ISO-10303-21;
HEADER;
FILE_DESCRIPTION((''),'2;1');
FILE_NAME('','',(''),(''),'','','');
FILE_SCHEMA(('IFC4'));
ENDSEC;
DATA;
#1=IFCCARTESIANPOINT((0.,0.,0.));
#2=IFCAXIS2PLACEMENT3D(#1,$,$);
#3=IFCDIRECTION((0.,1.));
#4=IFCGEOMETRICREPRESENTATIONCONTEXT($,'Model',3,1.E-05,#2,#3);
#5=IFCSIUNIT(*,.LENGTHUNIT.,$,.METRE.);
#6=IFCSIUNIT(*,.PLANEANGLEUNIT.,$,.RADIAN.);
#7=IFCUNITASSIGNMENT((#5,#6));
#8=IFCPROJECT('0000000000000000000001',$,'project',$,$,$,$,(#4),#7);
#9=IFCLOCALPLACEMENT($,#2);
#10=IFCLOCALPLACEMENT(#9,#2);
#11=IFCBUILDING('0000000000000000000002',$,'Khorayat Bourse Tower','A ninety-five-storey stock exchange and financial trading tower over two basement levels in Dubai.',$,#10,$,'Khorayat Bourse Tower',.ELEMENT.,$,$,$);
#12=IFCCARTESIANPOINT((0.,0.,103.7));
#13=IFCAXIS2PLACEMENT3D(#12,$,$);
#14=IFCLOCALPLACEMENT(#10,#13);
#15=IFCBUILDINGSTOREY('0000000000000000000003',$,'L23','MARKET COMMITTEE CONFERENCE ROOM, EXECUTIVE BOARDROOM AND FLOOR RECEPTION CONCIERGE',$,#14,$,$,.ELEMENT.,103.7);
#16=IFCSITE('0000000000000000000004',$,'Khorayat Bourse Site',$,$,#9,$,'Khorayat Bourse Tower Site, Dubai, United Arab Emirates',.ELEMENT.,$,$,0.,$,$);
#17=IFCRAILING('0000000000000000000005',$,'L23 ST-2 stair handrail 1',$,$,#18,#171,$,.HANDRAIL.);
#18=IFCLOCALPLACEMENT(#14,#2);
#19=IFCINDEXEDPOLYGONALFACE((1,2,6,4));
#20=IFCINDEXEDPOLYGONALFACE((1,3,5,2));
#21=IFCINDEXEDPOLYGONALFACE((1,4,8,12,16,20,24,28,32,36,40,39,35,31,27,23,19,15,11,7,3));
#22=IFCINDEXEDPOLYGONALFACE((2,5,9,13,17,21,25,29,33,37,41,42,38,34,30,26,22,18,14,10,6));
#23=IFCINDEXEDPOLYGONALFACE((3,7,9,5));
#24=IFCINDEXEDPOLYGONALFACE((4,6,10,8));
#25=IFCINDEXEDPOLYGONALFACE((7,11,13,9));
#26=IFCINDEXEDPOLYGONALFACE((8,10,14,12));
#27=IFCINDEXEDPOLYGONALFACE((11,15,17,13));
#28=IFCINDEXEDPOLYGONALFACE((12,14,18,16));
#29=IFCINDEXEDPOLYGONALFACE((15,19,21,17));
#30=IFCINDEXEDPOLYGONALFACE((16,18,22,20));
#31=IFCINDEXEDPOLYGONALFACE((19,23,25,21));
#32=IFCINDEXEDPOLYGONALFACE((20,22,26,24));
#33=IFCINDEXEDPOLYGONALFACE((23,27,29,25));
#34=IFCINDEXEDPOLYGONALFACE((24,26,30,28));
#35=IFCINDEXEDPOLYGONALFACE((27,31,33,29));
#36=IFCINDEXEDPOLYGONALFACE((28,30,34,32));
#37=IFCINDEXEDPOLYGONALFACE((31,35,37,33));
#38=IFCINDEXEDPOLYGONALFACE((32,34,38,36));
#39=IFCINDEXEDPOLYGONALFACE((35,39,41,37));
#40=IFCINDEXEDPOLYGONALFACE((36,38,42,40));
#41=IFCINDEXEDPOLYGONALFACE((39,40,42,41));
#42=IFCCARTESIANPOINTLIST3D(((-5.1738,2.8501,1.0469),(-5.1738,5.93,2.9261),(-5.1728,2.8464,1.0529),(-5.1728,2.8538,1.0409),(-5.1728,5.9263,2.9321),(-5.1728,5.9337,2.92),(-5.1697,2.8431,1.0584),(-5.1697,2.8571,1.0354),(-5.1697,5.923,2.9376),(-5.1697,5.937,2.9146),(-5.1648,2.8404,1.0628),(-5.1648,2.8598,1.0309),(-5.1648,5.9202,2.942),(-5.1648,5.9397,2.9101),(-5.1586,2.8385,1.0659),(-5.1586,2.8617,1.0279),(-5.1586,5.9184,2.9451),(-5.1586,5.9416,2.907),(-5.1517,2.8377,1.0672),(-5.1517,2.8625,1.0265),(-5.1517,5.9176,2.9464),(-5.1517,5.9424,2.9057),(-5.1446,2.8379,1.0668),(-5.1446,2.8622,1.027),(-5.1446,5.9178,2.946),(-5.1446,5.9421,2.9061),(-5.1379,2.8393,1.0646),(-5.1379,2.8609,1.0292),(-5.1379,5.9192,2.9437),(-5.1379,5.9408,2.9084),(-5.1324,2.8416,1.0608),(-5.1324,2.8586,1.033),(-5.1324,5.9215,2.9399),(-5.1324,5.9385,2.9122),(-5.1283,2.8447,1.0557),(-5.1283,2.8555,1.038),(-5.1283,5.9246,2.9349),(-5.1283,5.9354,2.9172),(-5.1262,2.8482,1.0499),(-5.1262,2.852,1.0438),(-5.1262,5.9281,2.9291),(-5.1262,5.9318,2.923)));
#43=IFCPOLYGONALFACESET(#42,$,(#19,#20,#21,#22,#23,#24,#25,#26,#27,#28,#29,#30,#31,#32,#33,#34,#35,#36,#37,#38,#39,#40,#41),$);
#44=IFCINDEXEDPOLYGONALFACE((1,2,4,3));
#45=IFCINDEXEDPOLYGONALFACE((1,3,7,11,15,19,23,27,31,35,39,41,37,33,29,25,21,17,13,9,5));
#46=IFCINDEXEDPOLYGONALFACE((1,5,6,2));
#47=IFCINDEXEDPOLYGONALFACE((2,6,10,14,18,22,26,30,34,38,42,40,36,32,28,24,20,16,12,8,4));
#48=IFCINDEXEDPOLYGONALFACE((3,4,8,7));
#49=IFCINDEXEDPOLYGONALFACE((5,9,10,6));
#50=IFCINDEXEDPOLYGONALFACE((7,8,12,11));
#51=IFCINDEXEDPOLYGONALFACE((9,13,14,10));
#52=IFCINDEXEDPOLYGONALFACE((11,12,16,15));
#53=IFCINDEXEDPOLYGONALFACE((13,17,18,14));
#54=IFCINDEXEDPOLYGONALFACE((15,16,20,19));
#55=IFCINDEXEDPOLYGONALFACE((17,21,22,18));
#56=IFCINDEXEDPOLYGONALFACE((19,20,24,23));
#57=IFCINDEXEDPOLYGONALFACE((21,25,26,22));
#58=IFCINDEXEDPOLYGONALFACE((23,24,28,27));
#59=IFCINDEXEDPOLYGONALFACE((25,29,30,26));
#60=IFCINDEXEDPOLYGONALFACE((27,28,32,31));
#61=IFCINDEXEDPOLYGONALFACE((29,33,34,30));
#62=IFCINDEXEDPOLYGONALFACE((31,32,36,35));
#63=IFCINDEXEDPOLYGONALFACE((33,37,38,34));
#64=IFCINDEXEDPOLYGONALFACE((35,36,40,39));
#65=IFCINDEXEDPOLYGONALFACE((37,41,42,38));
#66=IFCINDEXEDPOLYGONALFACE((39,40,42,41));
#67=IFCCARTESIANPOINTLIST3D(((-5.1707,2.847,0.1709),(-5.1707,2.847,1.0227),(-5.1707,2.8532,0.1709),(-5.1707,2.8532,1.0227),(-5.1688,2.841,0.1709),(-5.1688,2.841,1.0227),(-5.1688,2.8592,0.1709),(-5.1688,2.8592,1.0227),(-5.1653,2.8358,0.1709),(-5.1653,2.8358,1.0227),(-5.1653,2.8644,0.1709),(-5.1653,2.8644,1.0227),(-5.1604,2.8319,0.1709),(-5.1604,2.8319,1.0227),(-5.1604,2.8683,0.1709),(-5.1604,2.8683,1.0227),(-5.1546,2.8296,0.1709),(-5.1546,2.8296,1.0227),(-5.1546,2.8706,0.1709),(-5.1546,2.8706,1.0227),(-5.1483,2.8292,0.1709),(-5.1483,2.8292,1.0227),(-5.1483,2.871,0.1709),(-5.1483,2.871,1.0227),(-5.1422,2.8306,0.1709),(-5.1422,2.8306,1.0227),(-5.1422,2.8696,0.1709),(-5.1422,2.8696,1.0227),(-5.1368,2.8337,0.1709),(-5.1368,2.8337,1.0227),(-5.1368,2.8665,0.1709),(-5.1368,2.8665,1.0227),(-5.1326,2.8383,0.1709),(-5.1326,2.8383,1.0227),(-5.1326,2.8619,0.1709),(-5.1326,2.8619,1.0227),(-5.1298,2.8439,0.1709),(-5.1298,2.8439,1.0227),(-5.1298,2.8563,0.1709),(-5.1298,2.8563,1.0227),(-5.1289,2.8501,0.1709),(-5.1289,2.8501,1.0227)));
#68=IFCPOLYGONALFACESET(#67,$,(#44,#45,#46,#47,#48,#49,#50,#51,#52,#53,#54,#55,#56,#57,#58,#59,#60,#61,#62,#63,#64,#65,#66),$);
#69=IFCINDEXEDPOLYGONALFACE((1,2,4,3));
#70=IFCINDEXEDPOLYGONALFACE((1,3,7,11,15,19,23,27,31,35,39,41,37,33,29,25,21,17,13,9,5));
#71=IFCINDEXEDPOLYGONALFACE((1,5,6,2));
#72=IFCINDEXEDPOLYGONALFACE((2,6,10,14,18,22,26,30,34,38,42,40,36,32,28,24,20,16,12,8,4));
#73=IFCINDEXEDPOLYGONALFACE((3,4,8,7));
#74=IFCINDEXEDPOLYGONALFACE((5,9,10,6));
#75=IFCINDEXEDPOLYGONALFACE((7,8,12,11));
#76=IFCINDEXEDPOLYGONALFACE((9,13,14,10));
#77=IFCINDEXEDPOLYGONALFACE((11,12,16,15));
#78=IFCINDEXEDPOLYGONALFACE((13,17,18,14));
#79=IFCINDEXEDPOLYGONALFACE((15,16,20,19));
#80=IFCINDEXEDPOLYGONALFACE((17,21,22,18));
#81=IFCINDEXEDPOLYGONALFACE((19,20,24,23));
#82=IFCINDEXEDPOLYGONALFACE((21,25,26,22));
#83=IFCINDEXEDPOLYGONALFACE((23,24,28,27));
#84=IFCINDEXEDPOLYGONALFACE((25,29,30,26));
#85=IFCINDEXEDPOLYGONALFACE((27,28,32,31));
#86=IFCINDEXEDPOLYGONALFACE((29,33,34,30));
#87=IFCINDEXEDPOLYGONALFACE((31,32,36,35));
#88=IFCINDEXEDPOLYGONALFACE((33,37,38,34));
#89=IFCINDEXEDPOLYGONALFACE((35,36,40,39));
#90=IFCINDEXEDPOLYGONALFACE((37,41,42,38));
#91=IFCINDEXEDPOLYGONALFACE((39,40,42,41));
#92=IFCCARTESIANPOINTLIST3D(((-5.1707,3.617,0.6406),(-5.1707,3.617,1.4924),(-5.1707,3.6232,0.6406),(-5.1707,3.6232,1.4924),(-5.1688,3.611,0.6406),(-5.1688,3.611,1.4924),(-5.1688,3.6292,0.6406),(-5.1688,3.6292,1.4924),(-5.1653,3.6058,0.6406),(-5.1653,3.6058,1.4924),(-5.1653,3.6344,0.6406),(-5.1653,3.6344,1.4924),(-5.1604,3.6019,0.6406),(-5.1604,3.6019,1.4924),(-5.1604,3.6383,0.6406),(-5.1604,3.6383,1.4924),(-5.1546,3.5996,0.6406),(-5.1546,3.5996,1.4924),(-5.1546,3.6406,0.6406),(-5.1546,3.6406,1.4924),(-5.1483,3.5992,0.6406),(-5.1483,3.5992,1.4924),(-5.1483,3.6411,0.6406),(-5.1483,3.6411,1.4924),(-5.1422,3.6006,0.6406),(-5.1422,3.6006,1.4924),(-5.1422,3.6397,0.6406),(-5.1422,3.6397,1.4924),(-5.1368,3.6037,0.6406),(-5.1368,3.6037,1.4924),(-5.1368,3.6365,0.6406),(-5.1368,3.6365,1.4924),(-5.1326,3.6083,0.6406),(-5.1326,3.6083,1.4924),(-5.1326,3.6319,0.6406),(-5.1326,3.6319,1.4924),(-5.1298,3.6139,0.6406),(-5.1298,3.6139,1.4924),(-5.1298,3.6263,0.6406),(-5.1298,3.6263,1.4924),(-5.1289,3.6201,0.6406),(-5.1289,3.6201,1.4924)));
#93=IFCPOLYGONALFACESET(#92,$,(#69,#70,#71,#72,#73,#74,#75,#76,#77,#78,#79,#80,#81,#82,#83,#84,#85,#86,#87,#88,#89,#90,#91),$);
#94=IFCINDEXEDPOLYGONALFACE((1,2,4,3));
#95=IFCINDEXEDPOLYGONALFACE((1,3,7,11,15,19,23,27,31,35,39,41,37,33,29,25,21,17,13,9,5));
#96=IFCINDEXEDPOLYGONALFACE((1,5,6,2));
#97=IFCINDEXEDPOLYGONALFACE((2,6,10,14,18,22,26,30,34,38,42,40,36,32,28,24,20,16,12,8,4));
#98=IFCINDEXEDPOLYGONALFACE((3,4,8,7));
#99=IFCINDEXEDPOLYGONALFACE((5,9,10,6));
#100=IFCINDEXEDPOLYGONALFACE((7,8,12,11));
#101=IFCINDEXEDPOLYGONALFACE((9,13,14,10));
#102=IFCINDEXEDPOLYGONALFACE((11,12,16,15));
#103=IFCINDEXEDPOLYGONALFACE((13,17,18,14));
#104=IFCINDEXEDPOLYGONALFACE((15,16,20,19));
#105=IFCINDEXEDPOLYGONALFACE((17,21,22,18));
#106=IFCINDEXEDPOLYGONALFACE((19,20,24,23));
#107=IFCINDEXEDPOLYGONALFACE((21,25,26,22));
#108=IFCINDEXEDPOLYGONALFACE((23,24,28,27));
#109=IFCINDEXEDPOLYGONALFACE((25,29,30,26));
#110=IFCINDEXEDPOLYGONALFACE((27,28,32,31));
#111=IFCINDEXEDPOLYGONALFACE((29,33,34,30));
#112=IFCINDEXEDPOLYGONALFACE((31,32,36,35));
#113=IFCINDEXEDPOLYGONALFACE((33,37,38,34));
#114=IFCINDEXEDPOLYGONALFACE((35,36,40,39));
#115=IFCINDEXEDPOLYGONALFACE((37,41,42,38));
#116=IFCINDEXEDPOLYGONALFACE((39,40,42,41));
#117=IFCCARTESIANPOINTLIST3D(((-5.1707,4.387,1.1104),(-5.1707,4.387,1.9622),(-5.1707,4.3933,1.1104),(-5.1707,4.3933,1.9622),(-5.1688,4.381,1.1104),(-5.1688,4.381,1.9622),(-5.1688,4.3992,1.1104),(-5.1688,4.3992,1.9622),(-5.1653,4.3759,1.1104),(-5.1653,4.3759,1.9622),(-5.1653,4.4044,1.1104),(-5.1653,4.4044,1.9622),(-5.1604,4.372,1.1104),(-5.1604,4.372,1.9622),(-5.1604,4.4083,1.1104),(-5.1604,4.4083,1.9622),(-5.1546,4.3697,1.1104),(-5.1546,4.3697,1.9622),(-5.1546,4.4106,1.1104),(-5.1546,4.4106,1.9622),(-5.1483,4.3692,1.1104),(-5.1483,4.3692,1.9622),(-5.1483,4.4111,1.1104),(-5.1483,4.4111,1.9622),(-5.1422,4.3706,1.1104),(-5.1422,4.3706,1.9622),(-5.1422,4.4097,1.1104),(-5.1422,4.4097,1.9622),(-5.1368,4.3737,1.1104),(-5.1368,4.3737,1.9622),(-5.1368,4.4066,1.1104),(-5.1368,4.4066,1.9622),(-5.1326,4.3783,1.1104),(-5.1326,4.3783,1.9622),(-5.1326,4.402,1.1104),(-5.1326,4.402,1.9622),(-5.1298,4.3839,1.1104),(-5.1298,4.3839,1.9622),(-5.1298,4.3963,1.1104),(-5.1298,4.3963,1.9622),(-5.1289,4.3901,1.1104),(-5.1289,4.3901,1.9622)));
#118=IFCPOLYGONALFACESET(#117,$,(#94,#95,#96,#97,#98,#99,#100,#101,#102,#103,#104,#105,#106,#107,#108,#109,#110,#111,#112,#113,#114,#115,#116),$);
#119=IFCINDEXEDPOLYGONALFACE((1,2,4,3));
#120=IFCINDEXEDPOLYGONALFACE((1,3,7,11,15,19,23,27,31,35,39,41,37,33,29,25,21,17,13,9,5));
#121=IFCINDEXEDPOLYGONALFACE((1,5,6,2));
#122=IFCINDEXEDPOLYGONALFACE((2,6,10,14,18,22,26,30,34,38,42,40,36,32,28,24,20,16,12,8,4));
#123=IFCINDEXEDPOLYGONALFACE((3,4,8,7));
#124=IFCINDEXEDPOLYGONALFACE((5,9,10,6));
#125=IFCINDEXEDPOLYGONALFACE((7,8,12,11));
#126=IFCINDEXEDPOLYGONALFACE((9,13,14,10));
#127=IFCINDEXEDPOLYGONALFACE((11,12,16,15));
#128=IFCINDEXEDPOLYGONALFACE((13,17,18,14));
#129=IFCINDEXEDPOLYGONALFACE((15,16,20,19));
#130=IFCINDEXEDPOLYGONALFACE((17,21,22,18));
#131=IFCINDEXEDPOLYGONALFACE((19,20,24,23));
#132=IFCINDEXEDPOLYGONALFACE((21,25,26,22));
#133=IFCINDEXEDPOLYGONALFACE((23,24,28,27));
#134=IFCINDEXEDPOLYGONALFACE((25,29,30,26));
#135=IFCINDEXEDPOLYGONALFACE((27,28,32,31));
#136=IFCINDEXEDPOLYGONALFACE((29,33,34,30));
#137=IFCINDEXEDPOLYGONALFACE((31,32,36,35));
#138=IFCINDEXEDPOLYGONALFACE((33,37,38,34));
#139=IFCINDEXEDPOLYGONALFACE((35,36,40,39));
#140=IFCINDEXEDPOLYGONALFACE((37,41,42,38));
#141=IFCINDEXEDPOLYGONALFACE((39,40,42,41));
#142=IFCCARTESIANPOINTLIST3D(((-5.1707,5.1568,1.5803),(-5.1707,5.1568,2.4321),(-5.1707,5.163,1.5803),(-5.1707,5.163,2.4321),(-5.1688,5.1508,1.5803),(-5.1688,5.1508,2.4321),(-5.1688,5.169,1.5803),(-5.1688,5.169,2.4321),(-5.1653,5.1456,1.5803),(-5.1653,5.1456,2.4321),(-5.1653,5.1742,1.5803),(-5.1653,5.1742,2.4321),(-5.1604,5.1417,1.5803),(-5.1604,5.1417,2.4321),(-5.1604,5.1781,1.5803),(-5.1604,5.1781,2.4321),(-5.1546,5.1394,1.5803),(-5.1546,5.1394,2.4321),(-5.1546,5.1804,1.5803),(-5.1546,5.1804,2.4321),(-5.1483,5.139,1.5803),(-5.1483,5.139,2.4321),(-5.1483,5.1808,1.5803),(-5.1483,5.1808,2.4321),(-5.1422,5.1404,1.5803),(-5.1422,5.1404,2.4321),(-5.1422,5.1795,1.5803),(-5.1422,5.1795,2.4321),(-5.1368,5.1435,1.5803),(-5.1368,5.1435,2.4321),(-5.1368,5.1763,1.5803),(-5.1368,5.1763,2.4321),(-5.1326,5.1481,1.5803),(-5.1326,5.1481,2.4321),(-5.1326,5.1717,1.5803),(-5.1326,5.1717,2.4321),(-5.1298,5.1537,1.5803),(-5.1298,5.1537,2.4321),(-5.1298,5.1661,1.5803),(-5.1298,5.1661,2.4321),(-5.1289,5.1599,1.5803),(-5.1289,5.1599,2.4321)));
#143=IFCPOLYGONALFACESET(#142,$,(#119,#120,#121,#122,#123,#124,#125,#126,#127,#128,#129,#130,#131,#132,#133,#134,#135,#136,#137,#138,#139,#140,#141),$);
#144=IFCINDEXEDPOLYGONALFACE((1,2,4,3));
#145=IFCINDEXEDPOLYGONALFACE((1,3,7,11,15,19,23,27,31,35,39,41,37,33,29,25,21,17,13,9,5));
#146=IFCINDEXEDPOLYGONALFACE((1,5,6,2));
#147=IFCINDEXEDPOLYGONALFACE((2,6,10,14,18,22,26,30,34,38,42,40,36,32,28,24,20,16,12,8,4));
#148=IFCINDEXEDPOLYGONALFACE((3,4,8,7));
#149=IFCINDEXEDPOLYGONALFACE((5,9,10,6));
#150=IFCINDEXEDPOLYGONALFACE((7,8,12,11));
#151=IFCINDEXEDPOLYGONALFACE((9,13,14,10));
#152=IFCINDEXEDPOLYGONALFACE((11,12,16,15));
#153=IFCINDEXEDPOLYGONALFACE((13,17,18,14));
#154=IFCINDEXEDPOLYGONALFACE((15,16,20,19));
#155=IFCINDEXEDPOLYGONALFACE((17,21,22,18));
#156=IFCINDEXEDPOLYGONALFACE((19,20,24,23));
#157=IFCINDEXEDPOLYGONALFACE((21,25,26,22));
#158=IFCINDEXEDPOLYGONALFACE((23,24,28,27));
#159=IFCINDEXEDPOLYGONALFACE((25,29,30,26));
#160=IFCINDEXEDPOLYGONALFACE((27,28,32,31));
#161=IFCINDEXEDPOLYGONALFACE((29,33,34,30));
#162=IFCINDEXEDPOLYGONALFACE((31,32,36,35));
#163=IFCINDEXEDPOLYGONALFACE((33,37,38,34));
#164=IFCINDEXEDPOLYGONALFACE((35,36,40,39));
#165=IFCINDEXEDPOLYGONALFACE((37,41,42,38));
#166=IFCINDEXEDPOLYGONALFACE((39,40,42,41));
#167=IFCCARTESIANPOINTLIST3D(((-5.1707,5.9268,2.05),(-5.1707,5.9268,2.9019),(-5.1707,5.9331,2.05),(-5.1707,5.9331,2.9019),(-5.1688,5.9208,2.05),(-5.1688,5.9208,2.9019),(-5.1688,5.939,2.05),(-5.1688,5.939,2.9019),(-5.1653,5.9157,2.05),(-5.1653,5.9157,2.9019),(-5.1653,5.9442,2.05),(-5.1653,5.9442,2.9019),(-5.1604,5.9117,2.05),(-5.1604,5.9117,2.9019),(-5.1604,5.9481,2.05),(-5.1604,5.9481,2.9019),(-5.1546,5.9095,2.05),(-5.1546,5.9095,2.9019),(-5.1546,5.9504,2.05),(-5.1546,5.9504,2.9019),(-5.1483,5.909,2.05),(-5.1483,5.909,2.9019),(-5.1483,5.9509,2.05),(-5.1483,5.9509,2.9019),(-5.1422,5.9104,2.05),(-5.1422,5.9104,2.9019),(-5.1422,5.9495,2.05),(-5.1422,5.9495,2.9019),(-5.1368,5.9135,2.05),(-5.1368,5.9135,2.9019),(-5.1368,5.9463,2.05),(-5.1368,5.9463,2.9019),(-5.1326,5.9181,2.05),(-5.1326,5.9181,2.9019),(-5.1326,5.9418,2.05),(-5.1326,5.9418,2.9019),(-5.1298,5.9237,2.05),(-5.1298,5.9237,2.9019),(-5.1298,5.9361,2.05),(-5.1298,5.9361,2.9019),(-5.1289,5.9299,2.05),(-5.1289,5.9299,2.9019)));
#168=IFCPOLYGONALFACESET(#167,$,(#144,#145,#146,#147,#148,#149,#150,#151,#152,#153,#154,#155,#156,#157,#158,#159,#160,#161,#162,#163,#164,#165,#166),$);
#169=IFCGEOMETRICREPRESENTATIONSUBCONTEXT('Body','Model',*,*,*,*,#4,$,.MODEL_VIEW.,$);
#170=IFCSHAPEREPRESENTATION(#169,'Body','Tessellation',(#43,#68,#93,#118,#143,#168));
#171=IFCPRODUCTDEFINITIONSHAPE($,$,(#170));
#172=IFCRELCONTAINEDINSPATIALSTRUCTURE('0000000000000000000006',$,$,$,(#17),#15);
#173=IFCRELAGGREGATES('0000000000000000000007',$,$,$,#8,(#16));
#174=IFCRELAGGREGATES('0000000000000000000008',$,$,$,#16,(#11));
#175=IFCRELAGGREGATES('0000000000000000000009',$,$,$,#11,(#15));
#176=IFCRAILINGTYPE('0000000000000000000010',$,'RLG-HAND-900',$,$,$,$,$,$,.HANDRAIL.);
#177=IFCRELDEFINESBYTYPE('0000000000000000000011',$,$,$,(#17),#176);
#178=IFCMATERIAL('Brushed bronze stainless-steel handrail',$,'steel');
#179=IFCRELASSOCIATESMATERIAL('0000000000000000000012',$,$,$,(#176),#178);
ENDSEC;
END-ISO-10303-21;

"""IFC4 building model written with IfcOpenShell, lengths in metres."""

from ifc_helpers import new_model, si_unit, direction, frame, origin, origin_2d, place, context, subcontext, project, spatial, circle, extrude, source, transform, mapped, material, type_object, element, save


model = new_model("IFC4")

# Units and contexts
model_context = context("Model", 3, precision=1e-05, world=origin(), true_north=direction((0.0, 1.0)))
body_context = subcontext(model_context, "Body", "Model", "MODEL_VIEW")
ifc_project = project(units=[si_unit("LENGTHUNIT", "METRE"), si_unit("PLANEANGLEUNIT", "RADIAN")], contexts=[model_context])

# Site, building, storey
site_placement = place(None, origin())
site = spatial("IfcSite", under=ifc_project, at=site_placement, Name="Khorayat Bourse Site", LongName="Khorayat Bourse Tower Site, Dubai, United Arab Emirates", CompositionType="ELEMENT", RefElevation=0.0)
building_placement = place(site_placement, origin())
building = spatial("IfcBuilding", under=site, at=building_placement, Name="Khorayat Bourse Tower", Description="A ninety-five-storey stock exchange and financial trading tower over two basement levels in Dubai.", LongName="Khorayat Bourse Tower", CompositionType="ELEMENT")
storey_placement = place(building_placement, frame((0.0, 0.0, 103.7)))
storey = spatial("IfcBuildingStorey", under=building, at=storey_placement, Name="L23", Description="MARKET COMMITTEE CONFERENCE ROOM, EXECUTIVE BOARDROOM AND FLOOR RECEPTION CONCIERGE", CompositionType="ELEMENT", Elevation=103.7)

# Railing
ifc_material_1 = material(Name="Brushed bronze stainless-steel handrail", Category="steel")
railing_type_1 = type_object("IfcRailingType", Name="RLG-HAND-900", PredefinedType="HANDRAIL", material=ifc_material_1)
shared_shape_1 = source(origin(), body_context, "Body", "SweptSolid", [
    extrude(circle(Radius=0.0239, at=origin_2d()), frame((0.0, 0.0, 0.876), z_axis=(0.0, 0.853648, 0.52085), x_axis=(-1.0, 0.0, 0.0)), (0.0, 0.0, 1.0), 3.6079),
    extrude(circle(Radius=0.021, at=origin_2d()), origin(), (0.0, 0.0, 1.0), 0.8518),
    extrude(circle(Radius=0.021, at=origin_2d()), frame((0.0, 0.77, 0.4697)), (0.0, 0.0, 1.0), 0.8518),
    extrude(circle(Radius=0.021, at=origin_2d()), frame((0.0, 1.54, 0.9395)), (0.0, 0.0, 1.0), 0.8518),
    extrude(circle(Radius=0.021, at=origin_2d()), frame((0.0, 2.3098, 1.4094)), (0.0, 0.0, 1.0), 0.8518),
    extrude(circle(Radius=0.021, at=origin_2d()), frame((0.0, 3.0798, 1.8792)), (0.0, 0.0, 1.0), 0.8518),
])
railing_1_placement = place(storey_placement, frame((-5.1499, 2.8501, 0.1709)))
element("IfcRailing", 1, at=railing_1_placement, inside=storey, type_object=railing_type_1, Name="L23 ST-2 stair handrail 1", PredefinedType="HANDRAIL", context=body_context, shape_type="MappedRepresentation", body=[
    mapped(shared_shape_1, transform((0.0, 0.0, 0.0), scale=1.0)),
])

save(model, "model.ifc")
